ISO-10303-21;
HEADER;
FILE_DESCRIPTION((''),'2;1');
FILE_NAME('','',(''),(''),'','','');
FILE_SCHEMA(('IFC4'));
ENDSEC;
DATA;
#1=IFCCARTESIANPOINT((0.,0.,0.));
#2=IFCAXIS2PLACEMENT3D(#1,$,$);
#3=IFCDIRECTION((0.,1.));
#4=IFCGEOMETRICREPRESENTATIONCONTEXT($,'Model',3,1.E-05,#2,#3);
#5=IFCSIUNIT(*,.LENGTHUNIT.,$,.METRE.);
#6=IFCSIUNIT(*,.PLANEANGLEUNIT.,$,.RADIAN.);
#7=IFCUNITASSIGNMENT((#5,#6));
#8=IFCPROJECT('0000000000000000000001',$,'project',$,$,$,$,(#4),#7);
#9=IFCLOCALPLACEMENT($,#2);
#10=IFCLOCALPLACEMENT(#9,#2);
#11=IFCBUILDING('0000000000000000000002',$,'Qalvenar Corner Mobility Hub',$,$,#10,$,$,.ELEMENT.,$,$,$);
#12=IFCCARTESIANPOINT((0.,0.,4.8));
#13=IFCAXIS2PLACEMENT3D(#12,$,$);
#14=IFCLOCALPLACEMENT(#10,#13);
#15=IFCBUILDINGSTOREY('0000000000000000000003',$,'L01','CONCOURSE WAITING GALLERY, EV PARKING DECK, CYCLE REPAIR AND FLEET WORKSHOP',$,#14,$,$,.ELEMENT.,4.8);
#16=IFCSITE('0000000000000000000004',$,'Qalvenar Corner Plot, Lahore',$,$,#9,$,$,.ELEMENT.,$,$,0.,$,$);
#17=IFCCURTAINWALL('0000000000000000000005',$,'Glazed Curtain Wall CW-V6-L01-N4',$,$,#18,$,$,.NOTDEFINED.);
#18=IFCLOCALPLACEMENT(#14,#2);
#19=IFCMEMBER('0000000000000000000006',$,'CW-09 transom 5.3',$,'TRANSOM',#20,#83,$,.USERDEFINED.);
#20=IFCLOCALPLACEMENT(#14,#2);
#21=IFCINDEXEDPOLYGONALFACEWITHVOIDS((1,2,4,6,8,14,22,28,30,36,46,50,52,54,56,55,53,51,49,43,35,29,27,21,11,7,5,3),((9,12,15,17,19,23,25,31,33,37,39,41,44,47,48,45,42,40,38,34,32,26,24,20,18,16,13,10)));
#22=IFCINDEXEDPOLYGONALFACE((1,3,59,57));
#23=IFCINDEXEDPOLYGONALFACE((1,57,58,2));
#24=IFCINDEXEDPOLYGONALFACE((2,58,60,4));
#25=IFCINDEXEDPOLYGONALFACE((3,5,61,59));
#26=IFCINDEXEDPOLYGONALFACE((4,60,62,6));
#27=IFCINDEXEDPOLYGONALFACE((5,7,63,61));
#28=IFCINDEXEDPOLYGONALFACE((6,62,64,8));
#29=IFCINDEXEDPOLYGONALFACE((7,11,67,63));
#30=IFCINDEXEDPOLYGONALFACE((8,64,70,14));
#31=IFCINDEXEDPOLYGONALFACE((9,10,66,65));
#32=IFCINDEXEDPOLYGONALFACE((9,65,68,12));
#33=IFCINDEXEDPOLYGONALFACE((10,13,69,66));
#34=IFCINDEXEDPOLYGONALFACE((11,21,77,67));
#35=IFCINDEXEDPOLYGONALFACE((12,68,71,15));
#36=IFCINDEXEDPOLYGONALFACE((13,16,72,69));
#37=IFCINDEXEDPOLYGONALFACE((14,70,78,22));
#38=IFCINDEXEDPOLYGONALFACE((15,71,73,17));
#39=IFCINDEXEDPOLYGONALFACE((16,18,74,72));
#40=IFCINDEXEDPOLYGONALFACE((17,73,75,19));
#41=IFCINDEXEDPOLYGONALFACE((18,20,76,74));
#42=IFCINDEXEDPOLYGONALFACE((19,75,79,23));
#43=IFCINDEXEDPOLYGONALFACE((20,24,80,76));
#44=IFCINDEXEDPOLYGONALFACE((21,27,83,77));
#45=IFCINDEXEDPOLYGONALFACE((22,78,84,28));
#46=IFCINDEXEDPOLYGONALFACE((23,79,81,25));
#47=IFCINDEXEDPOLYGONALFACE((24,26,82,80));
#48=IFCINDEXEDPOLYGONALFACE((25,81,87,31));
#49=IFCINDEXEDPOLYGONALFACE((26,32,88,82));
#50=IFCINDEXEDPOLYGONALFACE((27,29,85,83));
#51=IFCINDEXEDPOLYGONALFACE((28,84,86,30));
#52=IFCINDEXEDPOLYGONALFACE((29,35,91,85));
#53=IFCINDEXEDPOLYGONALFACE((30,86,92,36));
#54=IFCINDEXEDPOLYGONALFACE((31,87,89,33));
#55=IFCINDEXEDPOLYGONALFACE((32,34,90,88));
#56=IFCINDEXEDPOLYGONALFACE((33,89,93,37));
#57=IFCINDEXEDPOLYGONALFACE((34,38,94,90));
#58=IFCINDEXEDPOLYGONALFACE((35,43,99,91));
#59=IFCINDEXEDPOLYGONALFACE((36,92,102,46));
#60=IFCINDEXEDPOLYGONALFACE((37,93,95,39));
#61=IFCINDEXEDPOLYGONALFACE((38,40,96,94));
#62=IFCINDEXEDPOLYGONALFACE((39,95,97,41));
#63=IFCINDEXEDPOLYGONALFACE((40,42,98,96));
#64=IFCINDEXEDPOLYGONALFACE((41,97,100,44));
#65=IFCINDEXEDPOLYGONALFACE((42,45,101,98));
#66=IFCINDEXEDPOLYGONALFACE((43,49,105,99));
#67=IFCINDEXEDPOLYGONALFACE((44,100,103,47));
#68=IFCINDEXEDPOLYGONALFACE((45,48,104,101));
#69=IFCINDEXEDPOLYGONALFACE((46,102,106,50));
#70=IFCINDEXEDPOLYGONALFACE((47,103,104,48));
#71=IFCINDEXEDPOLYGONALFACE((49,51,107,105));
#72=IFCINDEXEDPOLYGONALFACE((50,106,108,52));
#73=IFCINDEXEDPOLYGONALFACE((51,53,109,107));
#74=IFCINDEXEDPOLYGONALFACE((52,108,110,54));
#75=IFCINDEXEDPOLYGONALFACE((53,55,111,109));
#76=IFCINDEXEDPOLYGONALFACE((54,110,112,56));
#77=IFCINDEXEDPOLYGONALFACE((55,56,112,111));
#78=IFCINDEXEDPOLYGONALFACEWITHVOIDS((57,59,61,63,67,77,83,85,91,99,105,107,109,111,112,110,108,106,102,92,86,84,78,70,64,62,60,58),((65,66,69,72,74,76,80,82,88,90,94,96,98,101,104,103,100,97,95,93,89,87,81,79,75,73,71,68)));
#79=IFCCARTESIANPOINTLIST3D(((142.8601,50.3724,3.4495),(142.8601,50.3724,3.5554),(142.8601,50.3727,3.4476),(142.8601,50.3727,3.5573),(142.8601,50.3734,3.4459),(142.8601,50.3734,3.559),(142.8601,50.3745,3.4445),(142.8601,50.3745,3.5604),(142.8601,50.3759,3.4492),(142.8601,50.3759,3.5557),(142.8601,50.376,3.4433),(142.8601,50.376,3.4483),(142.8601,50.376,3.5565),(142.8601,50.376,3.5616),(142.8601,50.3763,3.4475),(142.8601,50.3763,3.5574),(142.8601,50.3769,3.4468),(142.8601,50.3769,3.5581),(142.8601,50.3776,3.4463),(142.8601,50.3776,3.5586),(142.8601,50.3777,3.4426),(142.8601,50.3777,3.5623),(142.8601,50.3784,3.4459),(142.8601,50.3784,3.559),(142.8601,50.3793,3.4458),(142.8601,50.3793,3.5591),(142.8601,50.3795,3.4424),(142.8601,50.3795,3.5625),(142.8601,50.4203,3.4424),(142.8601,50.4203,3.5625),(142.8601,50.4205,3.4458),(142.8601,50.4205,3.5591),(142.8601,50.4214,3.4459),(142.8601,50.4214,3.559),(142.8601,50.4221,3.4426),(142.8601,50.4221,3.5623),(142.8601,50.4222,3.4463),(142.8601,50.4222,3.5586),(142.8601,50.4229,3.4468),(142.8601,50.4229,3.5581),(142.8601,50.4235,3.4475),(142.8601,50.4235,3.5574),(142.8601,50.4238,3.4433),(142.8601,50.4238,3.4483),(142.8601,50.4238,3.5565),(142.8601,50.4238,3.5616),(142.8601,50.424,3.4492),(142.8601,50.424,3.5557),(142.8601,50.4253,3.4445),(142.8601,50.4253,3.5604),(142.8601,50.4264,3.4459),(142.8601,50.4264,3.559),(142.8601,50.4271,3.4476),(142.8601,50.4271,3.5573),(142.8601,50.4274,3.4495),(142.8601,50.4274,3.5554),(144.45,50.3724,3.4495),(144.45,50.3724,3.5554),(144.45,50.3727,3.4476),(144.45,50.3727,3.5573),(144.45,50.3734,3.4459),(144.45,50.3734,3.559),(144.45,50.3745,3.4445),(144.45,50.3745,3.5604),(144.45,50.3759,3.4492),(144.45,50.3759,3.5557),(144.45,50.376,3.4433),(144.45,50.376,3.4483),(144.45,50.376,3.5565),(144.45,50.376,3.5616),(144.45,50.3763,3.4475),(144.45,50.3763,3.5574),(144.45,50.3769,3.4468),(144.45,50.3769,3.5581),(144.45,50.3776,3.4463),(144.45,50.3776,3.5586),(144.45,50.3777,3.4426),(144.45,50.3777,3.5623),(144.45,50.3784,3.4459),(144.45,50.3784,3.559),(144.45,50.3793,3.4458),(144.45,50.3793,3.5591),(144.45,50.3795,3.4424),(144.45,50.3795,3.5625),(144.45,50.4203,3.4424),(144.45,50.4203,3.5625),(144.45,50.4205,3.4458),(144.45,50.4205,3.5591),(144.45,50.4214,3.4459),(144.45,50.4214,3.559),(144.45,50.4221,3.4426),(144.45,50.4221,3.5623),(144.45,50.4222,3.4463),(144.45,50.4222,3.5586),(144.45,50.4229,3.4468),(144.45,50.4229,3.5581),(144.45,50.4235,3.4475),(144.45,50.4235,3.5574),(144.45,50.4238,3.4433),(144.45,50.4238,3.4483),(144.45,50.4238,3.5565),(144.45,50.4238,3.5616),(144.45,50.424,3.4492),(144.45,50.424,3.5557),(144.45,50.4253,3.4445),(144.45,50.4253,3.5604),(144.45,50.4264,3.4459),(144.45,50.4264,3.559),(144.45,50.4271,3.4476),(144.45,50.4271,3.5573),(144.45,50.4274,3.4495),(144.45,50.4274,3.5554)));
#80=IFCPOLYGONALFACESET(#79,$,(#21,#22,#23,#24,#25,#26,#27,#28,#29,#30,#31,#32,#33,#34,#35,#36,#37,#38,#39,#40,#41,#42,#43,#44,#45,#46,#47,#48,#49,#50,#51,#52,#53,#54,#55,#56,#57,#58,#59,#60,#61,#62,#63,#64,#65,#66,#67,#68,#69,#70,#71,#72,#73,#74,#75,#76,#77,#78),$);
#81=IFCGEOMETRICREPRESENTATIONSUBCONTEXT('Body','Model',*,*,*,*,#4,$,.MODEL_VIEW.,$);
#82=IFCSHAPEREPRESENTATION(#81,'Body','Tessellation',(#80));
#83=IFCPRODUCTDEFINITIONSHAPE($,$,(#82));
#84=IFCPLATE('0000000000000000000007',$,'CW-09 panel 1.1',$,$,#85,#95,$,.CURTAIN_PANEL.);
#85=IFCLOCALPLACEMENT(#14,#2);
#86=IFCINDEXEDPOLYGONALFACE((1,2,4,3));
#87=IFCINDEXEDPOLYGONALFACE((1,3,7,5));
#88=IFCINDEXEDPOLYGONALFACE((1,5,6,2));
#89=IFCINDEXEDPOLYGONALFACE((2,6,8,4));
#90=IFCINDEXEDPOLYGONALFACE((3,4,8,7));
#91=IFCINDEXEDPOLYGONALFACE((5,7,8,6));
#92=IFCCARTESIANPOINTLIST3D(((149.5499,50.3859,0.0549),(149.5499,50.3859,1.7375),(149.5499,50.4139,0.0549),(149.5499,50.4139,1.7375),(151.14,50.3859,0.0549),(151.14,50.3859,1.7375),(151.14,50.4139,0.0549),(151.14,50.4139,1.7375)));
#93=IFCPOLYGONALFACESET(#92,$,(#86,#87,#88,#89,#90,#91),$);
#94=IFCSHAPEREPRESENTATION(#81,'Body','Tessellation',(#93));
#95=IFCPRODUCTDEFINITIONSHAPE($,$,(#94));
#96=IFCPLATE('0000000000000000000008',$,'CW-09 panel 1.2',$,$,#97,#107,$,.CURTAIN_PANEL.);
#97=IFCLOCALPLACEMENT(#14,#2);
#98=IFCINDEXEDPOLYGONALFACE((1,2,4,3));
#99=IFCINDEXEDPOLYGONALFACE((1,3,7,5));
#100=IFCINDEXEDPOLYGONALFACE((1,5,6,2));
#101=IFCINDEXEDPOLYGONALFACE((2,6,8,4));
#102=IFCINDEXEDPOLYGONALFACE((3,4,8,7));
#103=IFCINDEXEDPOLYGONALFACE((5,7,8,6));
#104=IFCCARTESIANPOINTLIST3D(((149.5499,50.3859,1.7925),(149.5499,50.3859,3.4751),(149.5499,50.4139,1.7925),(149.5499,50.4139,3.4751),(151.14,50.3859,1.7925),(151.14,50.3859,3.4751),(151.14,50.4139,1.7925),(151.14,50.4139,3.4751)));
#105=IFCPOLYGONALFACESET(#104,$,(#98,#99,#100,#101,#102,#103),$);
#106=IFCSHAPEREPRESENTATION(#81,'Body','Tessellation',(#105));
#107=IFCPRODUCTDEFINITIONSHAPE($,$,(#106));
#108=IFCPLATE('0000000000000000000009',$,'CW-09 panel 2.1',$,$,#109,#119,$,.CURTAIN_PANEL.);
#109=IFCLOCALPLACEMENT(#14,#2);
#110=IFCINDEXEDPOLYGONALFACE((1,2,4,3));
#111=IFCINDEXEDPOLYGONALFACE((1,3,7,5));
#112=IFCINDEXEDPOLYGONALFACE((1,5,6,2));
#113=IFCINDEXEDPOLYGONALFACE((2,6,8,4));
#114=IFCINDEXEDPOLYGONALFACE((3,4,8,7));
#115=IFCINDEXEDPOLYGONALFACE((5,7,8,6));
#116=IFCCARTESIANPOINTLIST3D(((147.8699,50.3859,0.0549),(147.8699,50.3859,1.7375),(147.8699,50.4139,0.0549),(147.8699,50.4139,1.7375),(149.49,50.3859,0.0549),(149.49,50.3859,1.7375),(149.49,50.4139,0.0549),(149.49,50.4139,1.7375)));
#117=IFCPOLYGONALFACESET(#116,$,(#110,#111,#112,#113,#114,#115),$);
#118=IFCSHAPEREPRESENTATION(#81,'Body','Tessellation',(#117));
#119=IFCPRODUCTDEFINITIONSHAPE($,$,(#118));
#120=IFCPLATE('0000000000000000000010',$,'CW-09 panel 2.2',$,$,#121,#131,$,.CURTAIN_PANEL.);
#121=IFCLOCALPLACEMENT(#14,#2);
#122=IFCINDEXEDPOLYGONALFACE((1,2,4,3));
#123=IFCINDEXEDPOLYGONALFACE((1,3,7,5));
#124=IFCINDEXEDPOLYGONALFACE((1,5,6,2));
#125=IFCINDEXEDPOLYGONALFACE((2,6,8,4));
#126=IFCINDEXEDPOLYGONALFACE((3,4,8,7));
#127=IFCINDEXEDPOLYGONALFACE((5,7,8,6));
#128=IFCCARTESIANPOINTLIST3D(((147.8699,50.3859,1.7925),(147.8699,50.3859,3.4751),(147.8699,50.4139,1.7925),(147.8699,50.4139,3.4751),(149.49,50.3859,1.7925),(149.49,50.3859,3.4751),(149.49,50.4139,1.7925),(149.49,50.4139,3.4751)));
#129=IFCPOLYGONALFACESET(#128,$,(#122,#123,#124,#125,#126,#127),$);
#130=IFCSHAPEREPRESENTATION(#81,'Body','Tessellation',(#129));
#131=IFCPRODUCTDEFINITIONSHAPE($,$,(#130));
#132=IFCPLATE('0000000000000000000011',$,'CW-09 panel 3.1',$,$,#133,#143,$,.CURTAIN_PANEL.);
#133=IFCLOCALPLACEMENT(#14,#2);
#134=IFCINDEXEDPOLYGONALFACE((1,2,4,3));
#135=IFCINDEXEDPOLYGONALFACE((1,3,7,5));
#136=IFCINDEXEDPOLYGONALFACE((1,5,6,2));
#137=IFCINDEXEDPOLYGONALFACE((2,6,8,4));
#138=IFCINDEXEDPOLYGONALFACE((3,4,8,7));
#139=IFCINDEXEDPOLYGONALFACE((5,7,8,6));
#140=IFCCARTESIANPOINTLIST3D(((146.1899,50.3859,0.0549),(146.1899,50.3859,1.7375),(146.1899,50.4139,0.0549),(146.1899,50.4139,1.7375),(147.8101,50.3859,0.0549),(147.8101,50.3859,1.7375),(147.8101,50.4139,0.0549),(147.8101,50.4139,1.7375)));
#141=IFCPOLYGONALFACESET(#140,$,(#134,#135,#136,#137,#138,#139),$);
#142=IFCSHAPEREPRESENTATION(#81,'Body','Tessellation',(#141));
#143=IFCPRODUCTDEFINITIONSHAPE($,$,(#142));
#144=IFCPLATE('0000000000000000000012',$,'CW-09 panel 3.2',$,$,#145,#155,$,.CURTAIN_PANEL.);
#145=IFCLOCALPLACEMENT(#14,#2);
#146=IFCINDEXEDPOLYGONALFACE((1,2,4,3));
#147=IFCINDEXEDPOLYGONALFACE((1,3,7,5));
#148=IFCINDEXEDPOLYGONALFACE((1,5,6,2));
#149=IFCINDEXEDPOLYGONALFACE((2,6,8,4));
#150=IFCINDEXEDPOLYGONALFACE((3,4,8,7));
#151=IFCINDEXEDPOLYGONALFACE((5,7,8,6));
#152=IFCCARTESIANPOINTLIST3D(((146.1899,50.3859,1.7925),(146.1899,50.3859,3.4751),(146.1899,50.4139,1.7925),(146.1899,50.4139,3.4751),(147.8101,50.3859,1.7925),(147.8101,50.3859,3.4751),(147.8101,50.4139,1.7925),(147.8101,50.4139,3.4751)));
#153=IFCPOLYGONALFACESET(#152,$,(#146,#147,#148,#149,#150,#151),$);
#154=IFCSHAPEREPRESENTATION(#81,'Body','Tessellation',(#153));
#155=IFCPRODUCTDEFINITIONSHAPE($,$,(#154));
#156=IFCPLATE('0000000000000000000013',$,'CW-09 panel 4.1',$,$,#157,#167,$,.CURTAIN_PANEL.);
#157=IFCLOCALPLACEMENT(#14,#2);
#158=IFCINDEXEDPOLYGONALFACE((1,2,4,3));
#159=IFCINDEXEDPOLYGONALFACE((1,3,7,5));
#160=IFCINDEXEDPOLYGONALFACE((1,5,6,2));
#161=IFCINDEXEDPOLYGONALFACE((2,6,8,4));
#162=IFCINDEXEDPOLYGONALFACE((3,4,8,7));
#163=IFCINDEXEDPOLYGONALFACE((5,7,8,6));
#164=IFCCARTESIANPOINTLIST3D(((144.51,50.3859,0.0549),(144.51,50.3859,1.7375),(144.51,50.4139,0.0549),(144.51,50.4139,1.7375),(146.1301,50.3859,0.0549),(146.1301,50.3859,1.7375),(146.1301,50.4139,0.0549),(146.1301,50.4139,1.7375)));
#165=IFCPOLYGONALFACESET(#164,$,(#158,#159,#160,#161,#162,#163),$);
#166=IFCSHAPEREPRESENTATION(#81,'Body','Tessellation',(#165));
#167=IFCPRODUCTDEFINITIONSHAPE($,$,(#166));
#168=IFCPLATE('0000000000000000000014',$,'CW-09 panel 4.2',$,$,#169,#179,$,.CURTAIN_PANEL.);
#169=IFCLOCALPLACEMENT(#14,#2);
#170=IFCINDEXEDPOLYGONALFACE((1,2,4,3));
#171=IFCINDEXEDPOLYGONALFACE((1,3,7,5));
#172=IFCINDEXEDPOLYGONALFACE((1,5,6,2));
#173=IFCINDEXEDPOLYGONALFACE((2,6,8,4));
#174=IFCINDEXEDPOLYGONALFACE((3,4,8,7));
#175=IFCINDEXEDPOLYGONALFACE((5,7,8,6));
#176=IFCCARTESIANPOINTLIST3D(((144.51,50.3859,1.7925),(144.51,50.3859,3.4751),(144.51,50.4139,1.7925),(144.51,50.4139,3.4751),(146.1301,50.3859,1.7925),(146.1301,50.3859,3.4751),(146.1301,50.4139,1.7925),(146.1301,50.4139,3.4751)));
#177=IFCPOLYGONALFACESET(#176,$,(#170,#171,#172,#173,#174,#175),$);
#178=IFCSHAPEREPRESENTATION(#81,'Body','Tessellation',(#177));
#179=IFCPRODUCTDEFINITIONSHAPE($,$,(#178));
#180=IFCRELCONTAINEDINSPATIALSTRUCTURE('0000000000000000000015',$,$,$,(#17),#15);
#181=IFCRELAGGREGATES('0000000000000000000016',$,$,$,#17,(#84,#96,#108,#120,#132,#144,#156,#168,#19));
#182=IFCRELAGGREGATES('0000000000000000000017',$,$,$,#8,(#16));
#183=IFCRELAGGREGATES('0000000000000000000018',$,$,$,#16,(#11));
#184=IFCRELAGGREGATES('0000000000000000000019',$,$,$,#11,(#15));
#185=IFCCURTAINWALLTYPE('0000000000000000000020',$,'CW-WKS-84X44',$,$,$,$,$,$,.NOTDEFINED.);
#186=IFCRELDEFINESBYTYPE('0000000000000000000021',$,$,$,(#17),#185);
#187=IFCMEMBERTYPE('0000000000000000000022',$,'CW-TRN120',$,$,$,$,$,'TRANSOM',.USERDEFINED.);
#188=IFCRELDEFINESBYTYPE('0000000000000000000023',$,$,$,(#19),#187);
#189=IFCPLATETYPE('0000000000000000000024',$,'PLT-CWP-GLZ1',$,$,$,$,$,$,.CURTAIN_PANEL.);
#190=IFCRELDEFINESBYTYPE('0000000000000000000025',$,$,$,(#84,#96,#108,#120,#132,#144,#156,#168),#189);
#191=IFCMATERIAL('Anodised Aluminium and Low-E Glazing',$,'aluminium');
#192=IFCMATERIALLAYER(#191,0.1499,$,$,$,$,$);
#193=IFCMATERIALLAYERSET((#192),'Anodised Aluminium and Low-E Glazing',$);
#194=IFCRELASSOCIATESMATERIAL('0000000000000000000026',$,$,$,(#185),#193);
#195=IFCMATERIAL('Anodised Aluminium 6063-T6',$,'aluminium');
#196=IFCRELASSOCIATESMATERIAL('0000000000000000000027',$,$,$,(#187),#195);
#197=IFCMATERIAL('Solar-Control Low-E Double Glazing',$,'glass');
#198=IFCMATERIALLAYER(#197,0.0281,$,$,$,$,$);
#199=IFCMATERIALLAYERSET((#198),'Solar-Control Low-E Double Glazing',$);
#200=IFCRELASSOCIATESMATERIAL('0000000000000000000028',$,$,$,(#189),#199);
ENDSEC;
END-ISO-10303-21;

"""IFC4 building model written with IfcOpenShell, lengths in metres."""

from ifc_helpers import new_model, si_unit, direction, frame, origin, origin_2d, place, context, subcontext, project, spatial, rectangle, hollow_rectangle, extrude, material, layer, layer_set, material_profile, profile_set, type_object, element, aggregate, save


model = new_model("IFC4")

# Units and contexts
model_context = context("Model", 3, precision=1e-05, world=origin(), true_north=direction((0.0, 1.0)))
body_context = subcontext(model_context, "Body", "Model", "MODEL_VIEW")
ifc_project = project(units=[si_unit("LENGTHUNIT", "METRE"), si_unit("PLANEANGLEUNIT", "RADIAN")], contexts=[model_context])

# Site, building, storey
site_placement = place(None, origin())
site = spatial("IfcSite", under=ifc_project, at=site_placement, Name="Qalvenar Corner Plot, Lahore", CompositionType="ELEMENT", RefElevation=0.0)
building_placement = place(site_placement, origin())
building = spatial("IfcBuilding", under=site, at=building_placement, Name="Qalvenar Corner Mobility Hub", CompositionType="ELEMENT")
storey_placement = place(building_placement, frame((0.0, 0.0, 4.8)))
storey = spatial("IfcBuildingStorey", under=building, at=storey_placement, Name="L01", Description="CONCOURSE WAITING GALLERY, EV PARKING DECK, CYCLE REPAIR AND FLEET WORKSHOP", CompositionType="ELEMENT", Elevation=4.8)

# Curtain wall, member, plates
ifc_material_1 = material(Name="Anodised Aluminium and Low-E Glazing", Category="aluminium")
ifc_layer_1 = layer(ifc_material_1, 0.1499)
ifc_layer_set_1 = layer_set([ifc_layer_1], Name="Anodised Aluminium and Low-E Glazing")
curtain_wall_type = type_object("IfcCurtainWallType", Name="CW-WKS-84X44", PredefinedType="NOTDEFINED", material=ifc_layer_set_1)
curtain_wall_placement = place(storey_placement, origin())
curtain_wall = element("IfcCurtainWall", 1, at=curtain_wall_placement, inside=storey, type_object=curtain_wall_type, Name="Glazed Curtain Wall CW-V6-L01-N4", PredefinedType="NOTDEFINED")
ifc_material_2 = material(Name="Anodised Aluminium 6063-T6", Category="aluminium")
ifc_material_profile_1 = material_profile(ifc_material_2, hollow_rectangle(XDim=0.0549, YDim=0.1201, WallThickness=0.0034, InnerFilletRadius=0.0034, OuterFilletRadius=0.0071, at=origin_2d()), Name="RHS120x55x3.5")
ifc_profile_set_1 = profile_set([ifc_material_profile_1], Name="Anodised Aluminium 6063-T6")
member_type_1 = type_object("IfcMemberType", Name="CW-TRN120", ElementType="TRANSOM", PredefinedType="USERDEFINED", material=ifc_profile_set_1)
member_1_placement = place(storey_placement, frame((144.45, 50.3999, 3.5024), z_axis=(-1.0, 0.0, 0.0), x_axis=(0.0, -1.0, 0.0)))
member_1 = element("IfcMember", 2, at=member_1_placement, type_object=member_type_1, Name="CW-09 transom 5.3", ObjectType="TRANSOM", PredefinedType="USERDEFINED", context=body_context, shape_type="SweptSolid", body=[
    extrude(hollow_rectangle(XDim=0.0549, YDim=0.1201, WallThickness=0.0034, InnerFilletRadius=0.0034, OuterFilletRadius=0.0071, at=origin_2d()), origin(), (0.0, 0.0, 1.0), 1.5898),
])
ifc_material_3 = material(Name="Solar-Control Low-E Double Glazing", Category="glass")
ifc_layer_2 = layer(ifc_material_3, 0.0281)
ifc_layer_set_2 = layer_set([ifc_layer_2], Name="Solar-Control Low-E Double Glazing")
plate_type = type_object("IfcPlateType", Name="PLT-CWP-GLZ1", PredefinedType="CURTAIN_PANEL", material=ifc_layer_set_2)
plate_1_placement = place(storey_placement, frame((150.345, 50.3999, 0.0549), z_axis=(0.0, 0.0, 1.0), x_axis=(-1.0, 0.0, 0.0)))
plate_1 = element("IfcPlate", 3, at=plate_1_placement, type_object=plate_type, Name="CW-09 panel 1.1", PredefinedType="CURTAIN_PANEL", context=body_context, shape_type="SweptSolid", body=[
    extrude(rectangle(XDim=1.5901, YDim=0.0281, at=origin_2d()), origin(), (0.0, 0.0, 1.0), 1.6826),
])
plate_2_placement = place(storey_placement, frame((150.345, 50.3999, 1.7925), z_axis=(0.0, 0.0, 1.0), x_axis=(-1.0, 0.0, 0.0)))
plate_2 = element("IfcPlate", 4, at=plate_2_placement, type_object=plate_type, Name="CW-09 panel 1.2", PredefinedType="CURTAIN_PANEL", context=body_context, shape_type="SweptSolid", body=[
    extrude(rectangle(XDim=1.5901, YDim=0.0281, at=origin_2d()), origin(), (0.0, 0.0, 1.0), 1.6826),
])
plate_3_placement = place(storey_placement, frame((148.6799, 50.3999, 0.0549), z_axis=(0.0, 0.0, 1.0), x_axis=(-1.0, 0.0, 0.0)))
plate_3 = element("IfcPlate", 5, at=plate_3_placement, type_object=plate_type, Name="CW-09 panel 2.1", PredefinedType="CURTAIN_PANEL", context=body_context, shape_type="SweptSolid", body=[
    extrude(rectangle(XDim=1.6201, YDim=0.0281, at=origin_2d()), origin(), (0.0, 0.0, 1.0), 1.6826),
])
plate_4_placement = place(storey_placement, frame((148.6799, 50.3999, 1.7925), z_axis=(0.0, 0.0, 1.0), x_axis=(-1.0, 0.0, 0.0)))
plate_4 = element("IfcPlate", 6, at=plate_4_placement, type_object=plate_type, Name="CW-09 panel 2.2", PredefinedType="CURTAIN_PANEL", context=body_context, shape_type="SweptSolid", body=[
    extrude(rectangle(XDim=1.6201, YDim=0.0281, at=origin_2d()), origin(), (0.0, 0.0, 1.0), 1.6826),
])
plate_5_placement = place(storey_placement, frame((147.0, 50.3999, 0.0549), z_axis=(0.0, 0.0, 1.0), x_axis=(-1.0, 0.0, 0.0)))
plate_5 = element("IfcPlate", 7, at=plate_5_placement, type_object=plate_type, Name="CW-09 panel 3.1", PredefinedType="CURTAIN_PANEL", context=body_context, shape_type="SweptSolid", body=[
    extrude(rectangle(XDim=1.6201, YDim=0.0281, at=origin_2d()), origin(), (0.0, 0.0, 1.0), 1.6826),
])
plate_6_placement = place(storey_placement, frame((147.0, 50.3999, 1.7925), z_axis=(0.0, 0.0, 1.0), x_axis=(-1.0, 0.0, 0.0)))
plate_6 = element("IfcPlate", 8, at=plate_6_placement, type_object=plate_type, Name="CW-09 panel 3.2", PredefinedType="CURTAIN_PANEL", context=body_context, shape_type="SweptSolid", body=[
    extrude(rectangle(XDim=1.6201, YDim=0.0281, at=origin_2d()), origin(), (0.0, 0.0, 1.0), 1.6826),
])
plate_7_placement = place(storey_placement, frame((145.3201, 50.3999, 0.0549), z_axis=(0.0, 0.0, 1.0), x_axis=(-1.0, 0.0, 0.0)))
plate_7 = element("IfcPlate", 9, at=plate_7_placement, type_object=plate_type, Name="CW-09 panel 4.1", PredefinedType="CURTAIN_PANEL", context=body_context, shape_type="SweptSolid", body=[
    extrude(rectangle(XDim=1.6201, YDim=0.0281, at=origin_2d()), origin(), (0.0, 0.0, 1.0), 1.6826),
])
plate_8_placement = place(storey_placement, frame((145.3201, 50.3999, 1.7925), z_axis=(0.0, 0.0, 1.0), x_axis=(-1.0, 0.0, 0.0)))
plate_8 = element("IfcPlate", 10, at=plate_8_placement, type_object=plate_type, Name="CW-09 panel 4.2", PredefinedType="CURTAIN_PANEL", context=body_context, shape_type="SweptSolid", body=[
    extrude(rectangle(XDim=1.6201, YDim=0.0281, at=origin_2d()), origin(), (0.0, 0.0, 1.0), 1.6826),
])
aggregate(curtain_wall, [plate_1, plate_2, plate_3, plate_4, plate_5, plate_6, plate_7, plate_8, member_1])

save(model, "model.ifc")
